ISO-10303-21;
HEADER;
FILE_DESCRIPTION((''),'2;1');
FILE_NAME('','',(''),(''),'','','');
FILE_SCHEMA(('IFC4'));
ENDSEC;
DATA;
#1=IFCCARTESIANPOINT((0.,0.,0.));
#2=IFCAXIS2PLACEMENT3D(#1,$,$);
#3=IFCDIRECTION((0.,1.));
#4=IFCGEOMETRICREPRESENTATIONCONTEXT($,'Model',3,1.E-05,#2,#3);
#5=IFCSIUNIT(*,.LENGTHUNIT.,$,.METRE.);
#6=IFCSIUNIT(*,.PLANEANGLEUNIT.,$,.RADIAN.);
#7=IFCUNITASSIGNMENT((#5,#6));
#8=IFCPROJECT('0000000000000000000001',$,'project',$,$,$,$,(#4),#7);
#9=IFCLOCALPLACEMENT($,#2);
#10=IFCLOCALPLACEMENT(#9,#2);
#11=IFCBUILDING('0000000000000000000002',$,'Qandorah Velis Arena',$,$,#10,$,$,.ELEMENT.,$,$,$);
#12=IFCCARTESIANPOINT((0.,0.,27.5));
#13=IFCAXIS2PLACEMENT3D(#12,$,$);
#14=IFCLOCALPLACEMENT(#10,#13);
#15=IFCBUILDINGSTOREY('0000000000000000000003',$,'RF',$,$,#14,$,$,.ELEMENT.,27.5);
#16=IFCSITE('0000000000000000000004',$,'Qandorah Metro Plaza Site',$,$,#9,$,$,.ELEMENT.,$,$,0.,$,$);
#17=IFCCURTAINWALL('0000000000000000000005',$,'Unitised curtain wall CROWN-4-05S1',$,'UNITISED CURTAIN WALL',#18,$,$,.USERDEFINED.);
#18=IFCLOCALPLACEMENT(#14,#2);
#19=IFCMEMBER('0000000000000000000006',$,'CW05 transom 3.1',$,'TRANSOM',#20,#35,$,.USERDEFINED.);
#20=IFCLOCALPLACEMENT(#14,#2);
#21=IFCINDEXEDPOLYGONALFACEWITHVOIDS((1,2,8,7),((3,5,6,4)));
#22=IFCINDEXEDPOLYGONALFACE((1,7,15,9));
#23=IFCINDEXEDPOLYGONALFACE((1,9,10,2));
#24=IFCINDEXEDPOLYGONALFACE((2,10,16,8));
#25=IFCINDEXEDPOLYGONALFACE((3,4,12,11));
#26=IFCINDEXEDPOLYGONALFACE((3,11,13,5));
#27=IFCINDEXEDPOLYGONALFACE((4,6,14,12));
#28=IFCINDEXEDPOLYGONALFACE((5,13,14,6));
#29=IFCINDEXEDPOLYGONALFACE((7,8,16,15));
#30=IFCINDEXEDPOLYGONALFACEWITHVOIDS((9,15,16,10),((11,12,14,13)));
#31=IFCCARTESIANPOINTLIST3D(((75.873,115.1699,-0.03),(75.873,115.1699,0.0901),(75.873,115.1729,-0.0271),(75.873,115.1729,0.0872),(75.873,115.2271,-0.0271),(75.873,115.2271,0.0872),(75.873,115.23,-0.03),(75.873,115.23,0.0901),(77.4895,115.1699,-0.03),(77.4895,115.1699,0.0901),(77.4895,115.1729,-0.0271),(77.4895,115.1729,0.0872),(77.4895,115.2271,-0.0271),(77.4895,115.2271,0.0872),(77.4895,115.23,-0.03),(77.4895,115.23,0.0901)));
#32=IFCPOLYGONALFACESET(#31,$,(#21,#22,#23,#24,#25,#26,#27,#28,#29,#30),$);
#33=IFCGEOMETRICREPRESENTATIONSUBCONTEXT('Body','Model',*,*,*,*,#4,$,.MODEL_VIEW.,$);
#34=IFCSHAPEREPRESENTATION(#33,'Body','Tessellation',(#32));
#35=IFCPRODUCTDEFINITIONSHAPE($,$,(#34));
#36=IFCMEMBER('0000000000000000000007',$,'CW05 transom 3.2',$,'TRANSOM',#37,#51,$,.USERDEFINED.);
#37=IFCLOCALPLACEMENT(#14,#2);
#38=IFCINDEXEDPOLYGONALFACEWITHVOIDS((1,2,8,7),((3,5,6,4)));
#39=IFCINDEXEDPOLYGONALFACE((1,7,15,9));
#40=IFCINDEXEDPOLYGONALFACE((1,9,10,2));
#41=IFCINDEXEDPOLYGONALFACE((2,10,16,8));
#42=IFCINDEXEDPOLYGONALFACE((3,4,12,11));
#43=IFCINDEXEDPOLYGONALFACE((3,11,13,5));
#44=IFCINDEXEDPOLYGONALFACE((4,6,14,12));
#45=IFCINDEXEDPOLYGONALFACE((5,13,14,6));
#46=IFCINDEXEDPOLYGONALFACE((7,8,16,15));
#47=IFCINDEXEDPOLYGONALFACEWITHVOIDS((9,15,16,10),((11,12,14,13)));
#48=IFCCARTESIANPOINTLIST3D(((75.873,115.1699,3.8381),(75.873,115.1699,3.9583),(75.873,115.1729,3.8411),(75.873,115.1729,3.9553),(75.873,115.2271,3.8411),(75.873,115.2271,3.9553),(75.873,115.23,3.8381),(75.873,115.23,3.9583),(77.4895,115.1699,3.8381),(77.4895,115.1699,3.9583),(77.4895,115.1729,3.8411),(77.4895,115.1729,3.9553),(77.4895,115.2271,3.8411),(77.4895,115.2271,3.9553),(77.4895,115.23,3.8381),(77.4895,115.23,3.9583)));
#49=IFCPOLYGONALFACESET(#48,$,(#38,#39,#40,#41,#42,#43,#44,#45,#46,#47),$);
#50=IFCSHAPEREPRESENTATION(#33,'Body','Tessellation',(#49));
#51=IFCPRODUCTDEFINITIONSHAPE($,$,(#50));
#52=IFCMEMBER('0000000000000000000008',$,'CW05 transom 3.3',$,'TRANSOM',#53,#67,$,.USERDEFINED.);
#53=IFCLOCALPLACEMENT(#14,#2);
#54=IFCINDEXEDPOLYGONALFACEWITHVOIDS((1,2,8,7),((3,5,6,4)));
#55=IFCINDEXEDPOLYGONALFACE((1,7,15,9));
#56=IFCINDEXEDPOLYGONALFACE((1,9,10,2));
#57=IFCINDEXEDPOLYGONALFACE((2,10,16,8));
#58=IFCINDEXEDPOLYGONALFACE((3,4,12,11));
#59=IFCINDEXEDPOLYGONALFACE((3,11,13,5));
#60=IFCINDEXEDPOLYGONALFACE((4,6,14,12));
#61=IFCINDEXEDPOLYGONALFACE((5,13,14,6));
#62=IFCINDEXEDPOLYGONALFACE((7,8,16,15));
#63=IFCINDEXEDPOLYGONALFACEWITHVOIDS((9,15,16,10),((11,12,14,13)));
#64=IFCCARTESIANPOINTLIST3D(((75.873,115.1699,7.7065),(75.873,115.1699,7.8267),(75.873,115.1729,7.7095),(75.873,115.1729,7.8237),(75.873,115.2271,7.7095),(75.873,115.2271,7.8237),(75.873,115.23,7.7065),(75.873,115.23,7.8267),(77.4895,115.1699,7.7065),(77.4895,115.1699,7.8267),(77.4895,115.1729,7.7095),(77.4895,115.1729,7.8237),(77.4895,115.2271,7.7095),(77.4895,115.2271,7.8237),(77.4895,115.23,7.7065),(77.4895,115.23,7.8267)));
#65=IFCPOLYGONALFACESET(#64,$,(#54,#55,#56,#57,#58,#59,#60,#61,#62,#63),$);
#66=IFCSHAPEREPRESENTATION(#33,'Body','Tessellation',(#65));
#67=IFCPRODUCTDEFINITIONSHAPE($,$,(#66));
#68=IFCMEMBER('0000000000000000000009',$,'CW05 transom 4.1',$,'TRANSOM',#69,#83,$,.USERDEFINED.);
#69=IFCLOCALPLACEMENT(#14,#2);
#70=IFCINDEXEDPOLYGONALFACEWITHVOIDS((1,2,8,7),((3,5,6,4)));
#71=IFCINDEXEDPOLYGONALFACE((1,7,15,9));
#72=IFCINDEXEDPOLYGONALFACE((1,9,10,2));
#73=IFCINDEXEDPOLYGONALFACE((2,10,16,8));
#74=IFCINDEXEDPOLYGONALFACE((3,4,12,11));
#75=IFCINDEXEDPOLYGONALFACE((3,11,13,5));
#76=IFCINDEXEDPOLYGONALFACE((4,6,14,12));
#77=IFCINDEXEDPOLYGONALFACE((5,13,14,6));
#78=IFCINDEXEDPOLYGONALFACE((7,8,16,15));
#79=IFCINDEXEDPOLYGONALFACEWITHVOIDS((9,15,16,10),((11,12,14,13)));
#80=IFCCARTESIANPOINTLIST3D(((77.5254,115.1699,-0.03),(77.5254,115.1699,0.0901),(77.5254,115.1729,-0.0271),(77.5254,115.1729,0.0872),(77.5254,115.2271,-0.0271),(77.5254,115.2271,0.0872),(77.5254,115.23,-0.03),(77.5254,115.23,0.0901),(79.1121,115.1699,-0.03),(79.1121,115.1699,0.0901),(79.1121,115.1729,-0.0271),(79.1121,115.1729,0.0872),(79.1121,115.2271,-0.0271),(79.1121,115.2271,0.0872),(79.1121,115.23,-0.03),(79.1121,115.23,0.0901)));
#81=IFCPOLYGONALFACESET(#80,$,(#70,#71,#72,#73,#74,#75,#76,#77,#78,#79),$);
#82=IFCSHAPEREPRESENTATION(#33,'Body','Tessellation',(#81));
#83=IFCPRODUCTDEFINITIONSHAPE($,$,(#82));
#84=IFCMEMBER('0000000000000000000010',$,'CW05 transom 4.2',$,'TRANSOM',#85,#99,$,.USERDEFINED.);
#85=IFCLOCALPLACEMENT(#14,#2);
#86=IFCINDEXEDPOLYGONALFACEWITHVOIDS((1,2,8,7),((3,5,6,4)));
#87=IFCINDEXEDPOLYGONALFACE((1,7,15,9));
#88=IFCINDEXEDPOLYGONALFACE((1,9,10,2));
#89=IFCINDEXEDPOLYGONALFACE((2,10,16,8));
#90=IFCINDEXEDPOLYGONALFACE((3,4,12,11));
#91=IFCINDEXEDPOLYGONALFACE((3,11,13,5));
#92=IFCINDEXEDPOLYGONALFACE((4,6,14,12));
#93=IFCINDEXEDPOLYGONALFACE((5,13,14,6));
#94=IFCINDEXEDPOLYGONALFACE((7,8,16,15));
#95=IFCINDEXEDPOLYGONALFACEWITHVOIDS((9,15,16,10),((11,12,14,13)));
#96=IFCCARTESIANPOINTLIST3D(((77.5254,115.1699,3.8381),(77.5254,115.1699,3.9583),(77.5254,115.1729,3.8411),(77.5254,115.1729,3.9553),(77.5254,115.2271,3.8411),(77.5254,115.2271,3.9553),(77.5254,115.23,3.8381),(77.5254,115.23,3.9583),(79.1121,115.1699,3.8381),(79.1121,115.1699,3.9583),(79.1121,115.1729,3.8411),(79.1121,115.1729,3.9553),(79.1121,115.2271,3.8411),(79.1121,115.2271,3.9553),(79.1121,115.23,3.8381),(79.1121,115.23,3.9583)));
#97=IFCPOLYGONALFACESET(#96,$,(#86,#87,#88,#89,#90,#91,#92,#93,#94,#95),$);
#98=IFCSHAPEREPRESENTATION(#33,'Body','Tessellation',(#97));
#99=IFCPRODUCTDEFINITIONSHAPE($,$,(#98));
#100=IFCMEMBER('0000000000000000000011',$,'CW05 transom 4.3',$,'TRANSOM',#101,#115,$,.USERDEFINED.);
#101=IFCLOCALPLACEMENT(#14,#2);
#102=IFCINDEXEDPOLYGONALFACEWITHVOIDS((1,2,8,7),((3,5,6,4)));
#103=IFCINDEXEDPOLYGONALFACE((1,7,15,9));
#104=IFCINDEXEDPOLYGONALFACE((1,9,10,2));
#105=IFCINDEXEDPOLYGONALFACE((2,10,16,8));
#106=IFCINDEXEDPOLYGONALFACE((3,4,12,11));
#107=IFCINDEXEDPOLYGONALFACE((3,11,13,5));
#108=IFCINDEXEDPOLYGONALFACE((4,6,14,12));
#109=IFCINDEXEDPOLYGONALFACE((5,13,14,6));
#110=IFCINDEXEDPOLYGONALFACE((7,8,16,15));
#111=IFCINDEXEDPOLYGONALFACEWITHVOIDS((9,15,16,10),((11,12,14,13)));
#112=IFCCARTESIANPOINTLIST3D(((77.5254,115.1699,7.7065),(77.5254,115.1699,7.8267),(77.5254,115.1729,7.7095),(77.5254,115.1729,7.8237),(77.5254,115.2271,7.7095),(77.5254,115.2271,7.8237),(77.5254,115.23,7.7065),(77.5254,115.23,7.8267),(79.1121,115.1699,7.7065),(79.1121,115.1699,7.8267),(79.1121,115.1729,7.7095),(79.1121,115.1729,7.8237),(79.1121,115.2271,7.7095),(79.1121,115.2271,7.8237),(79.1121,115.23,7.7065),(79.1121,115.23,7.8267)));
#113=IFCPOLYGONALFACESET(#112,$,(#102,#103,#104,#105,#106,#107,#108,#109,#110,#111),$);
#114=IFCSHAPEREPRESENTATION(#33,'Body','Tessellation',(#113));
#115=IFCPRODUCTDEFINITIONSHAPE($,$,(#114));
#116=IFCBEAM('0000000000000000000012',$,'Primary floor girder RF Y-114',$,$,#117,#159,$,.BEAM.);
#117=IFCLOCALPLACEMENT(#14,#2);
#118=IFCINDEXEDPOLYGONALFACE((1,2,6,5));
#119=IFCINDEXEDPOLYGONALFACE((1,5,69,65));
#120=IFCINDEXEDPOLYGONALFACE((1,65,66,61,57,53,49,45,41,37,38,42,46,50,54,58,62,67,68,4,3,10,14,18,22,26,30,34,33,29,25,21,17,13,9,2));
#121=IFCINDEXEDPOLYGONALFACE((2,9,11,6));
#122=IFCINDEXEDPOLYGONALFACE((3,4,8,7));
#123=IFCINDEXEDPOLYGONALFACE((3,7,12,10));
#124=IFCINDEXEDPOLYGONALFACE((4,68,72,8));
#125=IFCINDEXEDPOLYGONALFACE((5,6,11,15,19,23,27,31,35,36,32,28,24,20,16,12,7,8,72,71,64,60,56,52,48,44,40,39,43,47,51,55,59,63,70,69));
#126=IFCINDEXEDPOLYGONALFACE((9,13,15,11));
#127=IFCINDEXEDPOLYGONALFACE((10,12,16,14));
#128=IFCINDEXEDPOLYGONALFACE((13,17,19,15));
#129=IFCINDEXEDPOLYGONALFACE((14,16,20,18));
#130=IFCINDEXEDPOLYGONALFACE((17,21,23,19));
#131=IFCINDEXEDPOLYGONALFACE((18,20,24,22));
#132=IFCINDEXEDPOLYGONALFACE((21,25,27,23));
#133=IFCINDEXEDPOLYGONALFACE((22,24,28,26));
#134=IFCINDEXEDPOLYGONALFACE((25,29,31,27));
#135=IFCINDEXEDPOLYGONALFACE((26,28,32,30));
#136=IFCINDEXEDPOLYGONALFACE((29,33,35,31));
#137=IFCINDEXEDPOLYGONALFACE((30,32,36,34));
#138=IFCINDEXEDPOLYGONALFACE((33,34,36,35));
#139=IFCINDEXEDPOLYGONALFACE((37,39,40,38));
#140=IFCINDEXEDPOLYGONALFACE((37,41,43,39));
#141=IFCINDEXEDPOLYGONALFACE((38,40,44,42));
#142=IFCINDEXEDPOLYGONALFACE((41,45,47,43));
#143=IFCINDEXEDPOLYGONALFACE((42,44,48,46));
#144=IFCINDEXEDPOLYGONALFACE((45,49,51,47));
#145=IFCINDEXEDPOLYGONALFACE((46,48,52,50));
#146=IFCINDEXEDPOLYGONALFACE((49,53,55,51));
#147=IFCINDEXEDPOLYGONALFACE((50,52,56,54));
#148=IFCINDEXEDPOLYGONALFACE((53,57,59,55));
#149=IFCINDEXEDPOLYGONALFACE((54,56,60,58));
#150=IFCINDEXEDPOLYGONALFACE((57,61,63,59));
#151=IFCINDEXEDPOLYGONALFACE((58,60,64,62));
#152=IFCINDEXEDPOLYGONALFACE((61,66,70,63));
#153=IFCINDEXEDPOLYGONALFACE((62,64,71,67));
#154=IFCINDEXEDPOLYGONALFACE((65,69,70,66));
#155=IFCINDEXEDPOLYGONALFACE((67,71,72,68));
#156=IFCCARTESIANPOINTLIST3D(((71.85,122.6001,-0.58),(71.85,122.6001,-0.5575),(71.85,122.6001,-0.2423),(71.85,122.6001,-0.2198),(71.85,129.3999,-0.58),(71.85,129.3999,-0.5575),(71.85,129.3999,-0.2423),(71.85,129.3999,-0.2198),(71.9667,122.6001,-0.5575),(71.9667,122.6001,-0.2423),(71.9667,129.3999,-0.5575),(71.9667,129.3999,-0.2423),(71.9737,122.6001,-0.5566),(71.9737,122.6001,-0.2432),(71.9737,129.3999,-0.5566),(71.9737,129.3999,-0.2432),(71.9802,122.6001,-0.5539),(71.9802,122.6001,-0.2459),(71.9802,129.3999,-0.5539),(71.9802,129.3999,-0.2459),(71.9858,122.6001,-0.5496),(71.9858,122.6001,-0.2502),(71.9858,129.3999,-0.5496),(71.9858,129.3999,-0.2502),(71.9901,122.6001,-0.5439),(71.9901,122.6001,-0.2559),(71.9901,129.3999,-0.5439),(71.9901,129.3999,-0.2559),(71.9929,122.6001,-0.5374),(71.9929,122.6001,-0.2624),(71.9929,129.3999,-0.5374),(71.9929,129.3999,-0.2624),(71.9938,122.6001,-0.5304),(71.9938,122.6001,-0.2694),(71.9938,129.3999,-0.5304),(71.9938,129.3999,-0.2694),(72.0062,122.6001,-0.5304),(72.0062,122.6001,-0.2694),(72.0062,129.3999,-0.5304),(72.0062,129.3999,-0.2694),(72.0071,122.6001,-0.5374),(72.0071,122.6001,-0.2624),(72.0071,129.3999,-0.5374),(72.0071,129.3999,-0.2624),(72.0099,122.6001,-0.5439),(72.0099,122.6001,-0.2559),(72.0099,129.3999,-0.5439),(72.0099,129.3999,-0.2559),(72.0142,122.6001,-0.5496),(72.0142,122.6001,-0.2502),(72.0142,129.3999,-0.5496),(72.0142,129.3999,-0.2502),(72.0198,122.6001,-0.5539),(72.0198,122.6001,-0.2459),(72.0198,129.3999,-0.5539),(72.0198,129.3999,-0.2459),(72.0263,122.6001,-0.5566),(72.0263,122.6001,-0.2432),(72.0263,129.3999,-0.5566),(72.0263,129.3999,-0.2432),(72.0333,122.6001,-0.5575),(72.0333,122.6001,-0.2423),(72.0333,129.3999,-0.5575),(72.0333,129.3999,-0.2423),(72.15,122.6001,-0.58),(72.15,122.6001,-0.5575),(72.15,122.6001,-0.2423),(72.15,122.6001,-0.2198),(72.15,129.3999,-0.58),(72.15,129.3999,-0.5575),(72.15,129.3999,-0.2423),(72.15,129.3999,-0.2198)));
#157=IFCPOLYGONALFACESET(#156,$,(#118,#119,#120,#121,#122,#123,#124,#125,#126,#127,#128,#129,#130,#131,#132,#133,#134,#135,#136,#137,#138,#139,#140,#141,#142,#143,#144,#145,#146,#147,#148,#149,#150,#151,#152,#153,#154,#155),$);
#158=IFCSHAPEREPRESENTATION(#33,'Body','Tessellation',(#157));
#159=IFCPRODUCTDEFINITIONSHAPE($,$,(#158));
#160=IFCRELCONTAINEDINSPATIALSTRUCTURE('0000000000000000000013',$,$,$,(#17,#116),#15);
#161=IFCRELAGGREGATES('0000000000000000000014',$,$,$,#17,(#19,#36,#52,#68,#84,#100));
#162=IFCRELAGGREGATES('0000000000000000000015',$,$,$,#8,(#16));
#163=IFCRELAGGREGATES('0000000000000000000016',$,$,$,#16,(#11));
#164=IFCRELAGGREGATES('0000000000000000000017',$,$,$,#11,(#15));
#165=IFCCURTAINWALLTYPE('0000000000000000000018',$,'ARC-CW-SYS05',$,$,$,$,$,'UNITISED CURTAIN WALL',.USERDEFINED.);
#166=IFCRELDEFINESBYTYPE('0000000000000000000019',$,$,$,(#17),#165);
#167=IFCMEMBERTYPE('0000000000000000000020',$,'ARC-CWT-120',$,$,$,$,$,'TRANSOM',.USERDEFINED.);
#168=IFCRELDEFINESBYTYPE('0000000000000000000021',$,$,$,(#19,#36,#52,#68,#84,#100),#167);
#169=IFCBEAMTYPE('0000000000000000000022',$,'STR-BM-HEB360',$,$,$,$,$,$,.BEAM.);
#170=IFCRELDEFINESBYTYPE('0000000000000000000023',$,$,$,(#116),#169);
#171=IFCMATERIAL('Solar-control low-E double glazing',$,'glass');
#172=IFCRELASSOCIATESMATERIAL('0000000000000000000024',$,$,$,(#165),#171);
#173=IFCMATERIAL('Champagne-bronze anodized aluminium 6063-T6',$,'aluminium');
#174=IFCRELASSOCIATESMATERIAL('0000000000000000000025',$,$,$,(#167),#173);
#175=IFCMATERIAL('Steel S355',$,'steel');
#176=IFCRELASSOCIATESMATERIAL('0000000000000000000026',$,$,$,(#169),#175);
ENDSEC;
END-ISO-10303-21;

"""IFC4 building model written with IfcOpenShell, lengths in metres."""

from ifc_helpers import new_model, si_unit, direction, frame, origin, origin_2d, place, context, subcontext, project, spatial, hollow_rectangle, i_section, extrude, material, material_profile, profile_set, type_object, element, aggregate, save


model = new_model("IFC4")

# Units and contexts
model_context = context("Model", 3, precision=1e-05, world=origin(), true_north=direction((0.0, 1.0)))
body_context = subcontext(model_context, "Body", "Model", "MODEL_VIEW")
ifc_project = project(units=[si_unit("LENGTHUNIT", "METRE"), si_unit("PLANEANGLEUNIT", "RADIAN")], contexts=[model_context])

# Site, building, storey
site_placement = place(None, origin())
site = spatial("IfcSite", under=ifc_project, at=site_placement, Name="Qandorah Metro Plaza Site", CompositionType="ELEMENT", RefElevation=0.0)
building_placement = place(site_placement, origin())
building = spatial("IfcBuilding", under=site, at=building_placement, Name="Qandorah Velis Arena", CompositionType="ELEMENT")
storey_placement = place(building_placement, frame((0.0, 0.0, 27.5)))
storey = spatial("IfcBuildingStorey", under=building, at=storey_placement, Name="RF", CompositionType="ELEMENT", Elevation=27.5)

# Curtain wall, members
ifc_material_1 = material(Name="Solar-control low-E double glazing", Category="glass")
curtain_wall_type = type_object("IfcCurtainWallType", Name="ARC-CW-SYS05", ElementType="UNITISED CURTAIN WALL", PredefinedType="USERDEFINED", material=ifc_material_1)
curtain_wall_placement = place(storey_placement, origin())
curtain_wall = element("IfcCurtainWall", 1, at=curtain_wall_placement, inside=storey, type_object=curtain_wall_type, Name="Unitised curtain wall CROWN-4-05S1", ObjectType="UNITISED CURTAIN WALL", PredefinedType="USERDEFINED")
ifc_material_2 = material(Name="Champagne-bronze anodized aluminium 6063-T6", Category="aluminium")
ifc_material_profile_1 = material_profile(ifc_material_2, hollow_rectangle(XDim=0.0601, YDim=0.1201, WallThickness=0.0029, at=origin_2d()), Name="ALU TRANSOM 60x120")
ifc_profile_set_1 = profile_set([ifc_material_profile_1], Name="Champagne-bronze anodized aluminium 6063-T6")
member_type_1 = type_object("IfcMemberType", Name="ARC-CWT-120", ElementType="TRANSOM", PredefinedType="USERDEFINED", material=ifc_profile_set_1)
member_1_placement = place(storey_placement, frame((75.873, 115.2, 0.03), z_axis=(1.0, 0.0, 0.0), x_axis=(0.0, 1.0, 0.0)))
member_1 = element("IfcMember", 2, at=member_1_placement, type_object=member_type_1, Name="CW05 transom 3.1", ObjectType="TRANSOM", PredefinedType="USERDEFINED", context=body_context, shape_type="SweptSolid", body=[
    extrude(hollow_rectangle(XDim=0.0601, YDim=0.1201, WallThickness=0.0029, at=origin_2d()), origin(), (0.0, 0.0, 1.0), 1.6165),
])
member_2_placement = place(storey_placement, frame((75.873, 115.2, 3.8982), z_axis=(1.0, 0.0, 0.0), x_axis=(0.0, 1.0, 0.0)))
member_2 = element("IfcMember", 3, at=member_2_placement, type_object=member_type_1, Name="CW05 transom 3.2", ObjectType="TRANSOM", PredefinedType="USERDEFINED", context=body_context, shape_type="SweptSolid", body=[
    extrude(hollow_rectangle(XDim=0.0601, YDim=0.1201, WallThickness=0.0029, at=origin_2d()), origin(), (0.0, 0.0, 1.0), 1.6165),
])
member_3_placement = place(storey_placement, frame((75.873, 115.2, 7.7666), z_axis=(1.0, 0.0, 0.0), x_axis=(0.0, 1.0, 0.0)))
member_3 = element("IfcMember", 4, at=member_3_placement, type_object=member_type_1, Name="CW05 transom 3.3", ObjectType="TRANSOM", PredefinedType="USERDEFINED", context=body_context, shape_type="SweptSolid", body=[
    extrude(hollow_rectangle(XDim=0.0601, YDim=0.1201, WallThickness=0.0029, at=origin_2d()), origin(), (0.0, 0.0, 1.0), 1.6165),
])
member_4_placement = place(storey_placement, frame((77.5254, 115.2, 0.03), z_axis=(1.0, 0.0, 0.0), x_axis=(0.0, 1.0, 0.0)))
member_4 = element("IfcMember", 5, at=member_4_placement, type_object=member_type_1, Name="CW05 transom 4.1", ObjectType="TRANSOM", PredefinedType="USERDEFINED", context=body_context, shape_type="SweptSolid", body=[
    extrude(hollow_rectangle(XDim=0.0601, YDim=0.1201, WallThickness=0.0029, at=origin_2d()), origin(), (0.0, 0.0, 1.0), 1.5867),
])
member_5_placement = place(storey_placement, frame((77.5254, 115.2, 3.8982), z_axis=(1.0, 0.0, 0.0), x_axis=(0.0, 1.0, 0.0)))
member_5 = element("IfcMember", 6, at=member_5_placement, type_object=member_type_1, Name="CW05 transom 4.2", ObjectType="TRANSOM", PredefinedType="USERDEFINED", context=body_context, shape_type="SweptSolid", body=[
    extrude(hollow_rectangle(XDim=0.0601, YDim=0.1201, WallThickness=0.0029, at=origin_2d()), origin(), (0.0, 0.0, 1.0), 1.5867),
])
member_6_placement = place(storey_placement, frame((77.5254, 115.2, 7.7666), z_axis=(1.0, 0.0, 0.0), x_axis=(0.0, 1.0, 0.0)))
member_6 = element("IfcMember", 7, at=member_6_placement, type_object=member_type_1, Name="CW05 transom 4.3", ObjectType="TRANSOM", PredefinedType="USERDEFINED", context=body_context, shape_type="SweptSolid", body=[
    extrude(hollow_rectangle(XDim=0.0601, YDim=0.1201, WallThickness=0.0029, at=origin_2d()), origin(), (0.0, 0.0, 1.0), 1.5867),
])

# Beam
ifc_material_3 = material(Name="Steel S355", Category="steel")
ifc_material_profile_2 = material_profile(ifc_material_3, i_section(OverallWidth=0.3, OverallDepth=0.3601, WebThickness=0.0125, FlangeThickness=0.0225, FilletRadius=0.0271, at=origin_2d()), Name="HEB 360")
ifc_profile_set_2 = profile_set([ifc_material_profile_2], Name="Steel S355")
beam_type_1 = type_object("IfcBeamType", Name="STR-BM-HEB360", PredefinedType="BEAM", material=ifc_profile_set_2)
beam_1_placement = place(storey_placement, frame((72.0, 122.6001, -0.3999), z_axis=(0.0, 1.0, 0.0), x_axis=(-1.0, 0.0, 0.0)))
element("IfcBeam", 8, at=beam_1_placement, inside=storey, type_object=beam_type_1, Name="Primary floor girder RF Y-114", PredefinedType="BEAM", context=body_context, shape_type="SweptSolid", body=[
    extrude(i_section(OverallWidth=0.3, OverallDepth=0.3601, WebThickness=0.0125, FlangeThickness=0.0225, FilletRadius=0.0271, at=origin_2d()), origin(), (0.0, 0.0, 1.0), 6.7998),
])

aggregate(curtain_wall, [member_1, member_2, member_3, member_4, member_5, member_6])

save(model, "model.ifc")
